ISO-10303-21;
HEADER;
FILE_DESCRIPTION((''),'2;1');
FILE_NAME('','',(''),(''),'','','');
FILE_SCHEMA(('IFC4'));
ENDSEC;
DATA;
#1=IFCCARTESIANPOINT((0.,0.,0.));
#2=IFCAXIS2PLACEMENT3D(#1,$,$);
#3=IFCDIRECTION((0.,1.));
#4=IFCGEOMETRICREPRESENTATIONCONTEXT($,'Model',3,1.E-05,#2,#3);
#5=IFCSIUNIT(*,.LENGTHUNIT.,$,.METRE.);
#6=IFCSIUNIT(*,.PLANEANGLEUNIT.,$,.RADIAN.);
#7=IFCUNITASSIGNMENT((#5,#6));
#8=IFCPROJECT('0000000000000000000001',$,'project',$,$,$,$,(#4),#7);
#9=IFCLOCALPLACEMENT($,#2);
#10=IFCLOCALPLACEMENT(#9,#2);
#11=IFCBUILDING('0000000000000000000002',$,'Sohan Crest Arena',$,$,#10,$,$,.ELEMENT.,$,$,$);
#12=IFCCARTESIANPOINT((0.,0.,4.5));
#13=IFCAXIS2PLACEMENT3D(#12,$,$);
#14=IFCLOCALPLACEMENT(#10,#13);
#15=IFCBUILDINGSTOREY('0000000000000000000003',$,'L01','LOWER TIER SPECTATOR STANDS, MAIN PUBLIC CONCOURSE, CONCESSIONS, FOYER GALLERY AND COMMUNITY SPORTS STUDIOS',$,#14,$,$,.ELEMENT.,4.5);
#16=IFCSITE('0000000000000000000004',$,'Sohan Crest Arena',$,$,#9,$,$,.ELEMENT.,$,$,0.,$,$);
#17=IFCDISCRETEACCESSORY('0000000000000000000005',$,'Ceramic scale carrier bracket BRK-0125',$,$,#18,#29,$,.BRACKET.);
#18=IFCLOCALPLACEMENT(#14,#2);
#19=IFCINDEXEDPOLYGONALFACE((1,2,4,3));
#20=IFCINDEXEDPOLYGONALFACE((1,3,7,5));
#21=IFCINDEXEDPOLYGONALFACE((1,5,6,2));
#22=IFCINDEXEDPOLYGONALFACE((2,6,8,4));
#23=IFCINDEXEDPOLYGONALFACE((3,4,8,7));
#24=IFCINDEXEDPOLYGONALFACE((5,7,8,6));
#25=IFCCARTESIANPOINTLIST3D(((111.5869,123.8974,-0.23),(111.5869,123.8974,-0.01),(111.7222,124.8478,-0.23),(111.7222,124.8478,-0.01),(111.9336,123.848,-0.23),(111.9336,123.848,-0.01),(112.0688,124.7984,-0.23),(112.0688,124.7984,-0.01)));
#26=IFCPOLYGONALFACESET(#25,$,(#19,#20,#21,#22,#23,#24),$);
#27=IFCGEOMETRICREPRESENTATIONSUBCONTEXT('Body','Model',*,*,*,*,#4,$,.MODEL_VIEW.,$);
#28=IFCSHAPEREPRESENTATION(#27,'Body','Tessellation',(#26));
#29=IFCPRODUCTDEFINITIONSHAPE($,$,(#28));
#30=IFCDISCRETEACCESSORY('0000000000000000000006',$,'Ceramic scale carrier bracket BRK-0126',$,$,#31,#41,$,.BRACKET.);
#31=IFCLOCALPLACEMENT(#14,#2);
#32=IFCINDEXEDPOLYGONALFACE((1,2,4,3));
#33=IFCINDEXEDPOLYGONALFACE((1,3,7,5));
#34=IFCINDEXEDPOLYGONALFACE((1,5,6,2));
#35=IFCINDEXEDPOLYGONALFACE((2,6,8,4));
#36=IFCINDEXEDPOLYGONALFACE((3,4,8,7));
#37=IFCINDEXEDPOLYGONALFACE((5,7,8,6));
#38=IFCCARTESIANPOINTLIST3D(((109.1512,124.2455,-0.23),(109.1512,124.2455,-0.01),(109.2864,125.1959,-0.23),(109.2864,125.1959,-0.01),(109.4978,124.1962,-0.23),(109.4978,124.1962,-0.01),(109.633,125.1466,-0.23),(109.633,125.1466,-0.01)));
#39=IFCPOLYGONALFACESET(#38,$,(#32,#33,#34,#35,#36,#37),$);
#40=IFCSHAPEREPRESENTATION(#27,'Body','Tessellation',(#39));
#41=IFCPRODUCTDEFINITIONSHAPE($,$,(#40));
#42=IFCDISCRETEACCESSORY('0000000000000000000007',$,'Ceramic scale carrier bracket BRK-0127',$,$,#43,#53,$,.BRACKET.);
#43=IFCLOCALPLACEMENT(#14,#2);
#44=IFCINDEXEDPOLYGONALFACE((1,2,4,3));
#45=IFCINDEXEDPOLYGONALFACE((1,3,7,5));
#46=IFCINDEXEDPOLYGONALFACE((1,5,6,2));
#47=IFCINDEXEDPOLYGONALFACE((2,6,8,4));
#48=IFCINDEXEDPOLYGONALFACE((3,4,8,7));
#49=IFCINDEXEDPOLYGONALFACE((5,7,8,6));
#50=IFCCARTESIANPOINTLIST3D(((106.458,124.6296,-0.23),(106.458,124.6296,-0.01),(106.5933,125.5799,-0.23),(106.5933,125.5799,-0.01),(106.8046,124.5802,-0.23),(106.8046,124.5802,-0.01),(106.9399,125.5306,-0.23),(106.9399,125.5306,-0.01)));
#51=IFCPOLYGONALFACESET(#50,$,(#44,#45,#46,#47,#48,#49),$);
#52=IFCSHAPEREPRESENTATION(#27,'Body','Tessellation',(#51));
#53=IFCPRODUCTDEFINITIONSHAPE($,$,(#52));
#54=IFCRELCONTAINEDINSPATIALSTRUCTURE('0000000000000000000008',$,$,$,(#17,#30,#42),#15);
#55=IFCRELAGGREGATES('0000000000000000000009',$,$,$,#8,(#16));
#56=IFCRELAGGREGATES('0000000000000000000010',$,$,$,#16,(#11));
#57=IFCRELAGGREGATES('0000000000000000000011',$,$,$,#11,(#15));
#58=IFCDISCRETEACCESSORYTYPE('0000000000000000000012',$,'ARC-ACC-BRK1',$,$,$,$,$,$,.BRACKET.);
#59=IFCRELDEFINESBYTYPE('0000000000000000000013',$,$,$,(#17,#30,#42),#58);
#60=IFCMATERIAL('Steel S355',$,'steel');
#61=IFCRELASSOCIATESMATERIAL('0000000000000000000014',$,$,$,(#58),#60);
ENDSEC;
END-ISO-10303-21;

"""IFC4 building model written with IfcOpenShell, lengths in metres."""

from ifc_helpers import new_model, si_unit, direction, frame, origin, origin_2d, place, context, subcontext, project, spatial, rectangle, extrude, material, type_object, element, save


model = new_model("IFC4")

# Units and contexts
model_context = context("Model", 3, precision=1e-05, world=origin(), true_north=direction((0.0, 1.0)))
body_context = subcontext(model_context, "Body", "Model", "MODEL_VIEW")
ifc_project = project(units=[si_unit("LENGTHUNIT", "METRE"), si_unit("PLANEANGLEUNIT", "RADIAN")], contexts=[model_context])

# Site, building, storey
site_placement = place(None, origin())
site = spatial("IfcSite", under=ifc_project, at=site_placement, Name="Sohan Crest Arena", CompositionType="ELEMENT", RefElevation=0.0)
building_placement = place(site_placement, origin())
building = spatial("IfcBuilding", under=site, at=building_placement, Name="Sohan Crest Arena", CompositionType="ELEMENT")
storey_placement = place(building_placement, frame((0.0, 0.0, 4.5)))
storey = spatial("IfcBuildingStorey", under=building, at=storey_placement, Name="L01", Description="LOWER TIER SPECTATOR STANDS, MAIN PUBLIC CONCOURSE, CONCESSIONS, FOYER GALLERY AND COMMUNITY SPORTS STUDIOS", CompositionType="ELEMENT", Elevation=4.5)

# Shared definitions
ifc_material_1 = material(Name="Steel S355", Category="steel")

# Discrete accessories
discrete_accessory_type = type_object("IfcDiscreteAccessoryType", Name="ARC-ACC-BRK1", PredefinedType="BRACKET", material=ifc_material_1)
for number, where, z_axis, x_axis, name in (
    (1, (111.8279, 124.3479, -0.23), (0.0, 0.0, 1.0), (-0.990024, 0.140901, 0.0), "Ceramic scale carrier bracket BRK-0125"),
    (2, (109.3921, 124.696, -0.23), (0.0, 0.0, 1.0), (-0.990024, 0.140901, 0.0), "Ceramic scale carrier bracket BRK-0126"),
    (3, (106.699, 125.0801, -0.23), (0.0, 0.0, 1.0), (-0.990024, 0.140901, 0.0), "Ceramic scale carrier bracket BRK-0127"),
):
    element("IfcDiscreteAccessory", number, at=place(storey_placement, frame(where, z_axis=z_axis, x_axis=x_axis)), inside=storey, type_object=discrete_accessory_type, Name=name, PredefinedType="BRACKET", context=body_context, shape_type="SweptSolid", body=[
        extrude(rectangle(XDim=0.3501, YDim=0.96, at=origin_2d()), origin(), (0.0, 0.0, 1.0), 0.22),
    ])

save(model, "model.ifc")
